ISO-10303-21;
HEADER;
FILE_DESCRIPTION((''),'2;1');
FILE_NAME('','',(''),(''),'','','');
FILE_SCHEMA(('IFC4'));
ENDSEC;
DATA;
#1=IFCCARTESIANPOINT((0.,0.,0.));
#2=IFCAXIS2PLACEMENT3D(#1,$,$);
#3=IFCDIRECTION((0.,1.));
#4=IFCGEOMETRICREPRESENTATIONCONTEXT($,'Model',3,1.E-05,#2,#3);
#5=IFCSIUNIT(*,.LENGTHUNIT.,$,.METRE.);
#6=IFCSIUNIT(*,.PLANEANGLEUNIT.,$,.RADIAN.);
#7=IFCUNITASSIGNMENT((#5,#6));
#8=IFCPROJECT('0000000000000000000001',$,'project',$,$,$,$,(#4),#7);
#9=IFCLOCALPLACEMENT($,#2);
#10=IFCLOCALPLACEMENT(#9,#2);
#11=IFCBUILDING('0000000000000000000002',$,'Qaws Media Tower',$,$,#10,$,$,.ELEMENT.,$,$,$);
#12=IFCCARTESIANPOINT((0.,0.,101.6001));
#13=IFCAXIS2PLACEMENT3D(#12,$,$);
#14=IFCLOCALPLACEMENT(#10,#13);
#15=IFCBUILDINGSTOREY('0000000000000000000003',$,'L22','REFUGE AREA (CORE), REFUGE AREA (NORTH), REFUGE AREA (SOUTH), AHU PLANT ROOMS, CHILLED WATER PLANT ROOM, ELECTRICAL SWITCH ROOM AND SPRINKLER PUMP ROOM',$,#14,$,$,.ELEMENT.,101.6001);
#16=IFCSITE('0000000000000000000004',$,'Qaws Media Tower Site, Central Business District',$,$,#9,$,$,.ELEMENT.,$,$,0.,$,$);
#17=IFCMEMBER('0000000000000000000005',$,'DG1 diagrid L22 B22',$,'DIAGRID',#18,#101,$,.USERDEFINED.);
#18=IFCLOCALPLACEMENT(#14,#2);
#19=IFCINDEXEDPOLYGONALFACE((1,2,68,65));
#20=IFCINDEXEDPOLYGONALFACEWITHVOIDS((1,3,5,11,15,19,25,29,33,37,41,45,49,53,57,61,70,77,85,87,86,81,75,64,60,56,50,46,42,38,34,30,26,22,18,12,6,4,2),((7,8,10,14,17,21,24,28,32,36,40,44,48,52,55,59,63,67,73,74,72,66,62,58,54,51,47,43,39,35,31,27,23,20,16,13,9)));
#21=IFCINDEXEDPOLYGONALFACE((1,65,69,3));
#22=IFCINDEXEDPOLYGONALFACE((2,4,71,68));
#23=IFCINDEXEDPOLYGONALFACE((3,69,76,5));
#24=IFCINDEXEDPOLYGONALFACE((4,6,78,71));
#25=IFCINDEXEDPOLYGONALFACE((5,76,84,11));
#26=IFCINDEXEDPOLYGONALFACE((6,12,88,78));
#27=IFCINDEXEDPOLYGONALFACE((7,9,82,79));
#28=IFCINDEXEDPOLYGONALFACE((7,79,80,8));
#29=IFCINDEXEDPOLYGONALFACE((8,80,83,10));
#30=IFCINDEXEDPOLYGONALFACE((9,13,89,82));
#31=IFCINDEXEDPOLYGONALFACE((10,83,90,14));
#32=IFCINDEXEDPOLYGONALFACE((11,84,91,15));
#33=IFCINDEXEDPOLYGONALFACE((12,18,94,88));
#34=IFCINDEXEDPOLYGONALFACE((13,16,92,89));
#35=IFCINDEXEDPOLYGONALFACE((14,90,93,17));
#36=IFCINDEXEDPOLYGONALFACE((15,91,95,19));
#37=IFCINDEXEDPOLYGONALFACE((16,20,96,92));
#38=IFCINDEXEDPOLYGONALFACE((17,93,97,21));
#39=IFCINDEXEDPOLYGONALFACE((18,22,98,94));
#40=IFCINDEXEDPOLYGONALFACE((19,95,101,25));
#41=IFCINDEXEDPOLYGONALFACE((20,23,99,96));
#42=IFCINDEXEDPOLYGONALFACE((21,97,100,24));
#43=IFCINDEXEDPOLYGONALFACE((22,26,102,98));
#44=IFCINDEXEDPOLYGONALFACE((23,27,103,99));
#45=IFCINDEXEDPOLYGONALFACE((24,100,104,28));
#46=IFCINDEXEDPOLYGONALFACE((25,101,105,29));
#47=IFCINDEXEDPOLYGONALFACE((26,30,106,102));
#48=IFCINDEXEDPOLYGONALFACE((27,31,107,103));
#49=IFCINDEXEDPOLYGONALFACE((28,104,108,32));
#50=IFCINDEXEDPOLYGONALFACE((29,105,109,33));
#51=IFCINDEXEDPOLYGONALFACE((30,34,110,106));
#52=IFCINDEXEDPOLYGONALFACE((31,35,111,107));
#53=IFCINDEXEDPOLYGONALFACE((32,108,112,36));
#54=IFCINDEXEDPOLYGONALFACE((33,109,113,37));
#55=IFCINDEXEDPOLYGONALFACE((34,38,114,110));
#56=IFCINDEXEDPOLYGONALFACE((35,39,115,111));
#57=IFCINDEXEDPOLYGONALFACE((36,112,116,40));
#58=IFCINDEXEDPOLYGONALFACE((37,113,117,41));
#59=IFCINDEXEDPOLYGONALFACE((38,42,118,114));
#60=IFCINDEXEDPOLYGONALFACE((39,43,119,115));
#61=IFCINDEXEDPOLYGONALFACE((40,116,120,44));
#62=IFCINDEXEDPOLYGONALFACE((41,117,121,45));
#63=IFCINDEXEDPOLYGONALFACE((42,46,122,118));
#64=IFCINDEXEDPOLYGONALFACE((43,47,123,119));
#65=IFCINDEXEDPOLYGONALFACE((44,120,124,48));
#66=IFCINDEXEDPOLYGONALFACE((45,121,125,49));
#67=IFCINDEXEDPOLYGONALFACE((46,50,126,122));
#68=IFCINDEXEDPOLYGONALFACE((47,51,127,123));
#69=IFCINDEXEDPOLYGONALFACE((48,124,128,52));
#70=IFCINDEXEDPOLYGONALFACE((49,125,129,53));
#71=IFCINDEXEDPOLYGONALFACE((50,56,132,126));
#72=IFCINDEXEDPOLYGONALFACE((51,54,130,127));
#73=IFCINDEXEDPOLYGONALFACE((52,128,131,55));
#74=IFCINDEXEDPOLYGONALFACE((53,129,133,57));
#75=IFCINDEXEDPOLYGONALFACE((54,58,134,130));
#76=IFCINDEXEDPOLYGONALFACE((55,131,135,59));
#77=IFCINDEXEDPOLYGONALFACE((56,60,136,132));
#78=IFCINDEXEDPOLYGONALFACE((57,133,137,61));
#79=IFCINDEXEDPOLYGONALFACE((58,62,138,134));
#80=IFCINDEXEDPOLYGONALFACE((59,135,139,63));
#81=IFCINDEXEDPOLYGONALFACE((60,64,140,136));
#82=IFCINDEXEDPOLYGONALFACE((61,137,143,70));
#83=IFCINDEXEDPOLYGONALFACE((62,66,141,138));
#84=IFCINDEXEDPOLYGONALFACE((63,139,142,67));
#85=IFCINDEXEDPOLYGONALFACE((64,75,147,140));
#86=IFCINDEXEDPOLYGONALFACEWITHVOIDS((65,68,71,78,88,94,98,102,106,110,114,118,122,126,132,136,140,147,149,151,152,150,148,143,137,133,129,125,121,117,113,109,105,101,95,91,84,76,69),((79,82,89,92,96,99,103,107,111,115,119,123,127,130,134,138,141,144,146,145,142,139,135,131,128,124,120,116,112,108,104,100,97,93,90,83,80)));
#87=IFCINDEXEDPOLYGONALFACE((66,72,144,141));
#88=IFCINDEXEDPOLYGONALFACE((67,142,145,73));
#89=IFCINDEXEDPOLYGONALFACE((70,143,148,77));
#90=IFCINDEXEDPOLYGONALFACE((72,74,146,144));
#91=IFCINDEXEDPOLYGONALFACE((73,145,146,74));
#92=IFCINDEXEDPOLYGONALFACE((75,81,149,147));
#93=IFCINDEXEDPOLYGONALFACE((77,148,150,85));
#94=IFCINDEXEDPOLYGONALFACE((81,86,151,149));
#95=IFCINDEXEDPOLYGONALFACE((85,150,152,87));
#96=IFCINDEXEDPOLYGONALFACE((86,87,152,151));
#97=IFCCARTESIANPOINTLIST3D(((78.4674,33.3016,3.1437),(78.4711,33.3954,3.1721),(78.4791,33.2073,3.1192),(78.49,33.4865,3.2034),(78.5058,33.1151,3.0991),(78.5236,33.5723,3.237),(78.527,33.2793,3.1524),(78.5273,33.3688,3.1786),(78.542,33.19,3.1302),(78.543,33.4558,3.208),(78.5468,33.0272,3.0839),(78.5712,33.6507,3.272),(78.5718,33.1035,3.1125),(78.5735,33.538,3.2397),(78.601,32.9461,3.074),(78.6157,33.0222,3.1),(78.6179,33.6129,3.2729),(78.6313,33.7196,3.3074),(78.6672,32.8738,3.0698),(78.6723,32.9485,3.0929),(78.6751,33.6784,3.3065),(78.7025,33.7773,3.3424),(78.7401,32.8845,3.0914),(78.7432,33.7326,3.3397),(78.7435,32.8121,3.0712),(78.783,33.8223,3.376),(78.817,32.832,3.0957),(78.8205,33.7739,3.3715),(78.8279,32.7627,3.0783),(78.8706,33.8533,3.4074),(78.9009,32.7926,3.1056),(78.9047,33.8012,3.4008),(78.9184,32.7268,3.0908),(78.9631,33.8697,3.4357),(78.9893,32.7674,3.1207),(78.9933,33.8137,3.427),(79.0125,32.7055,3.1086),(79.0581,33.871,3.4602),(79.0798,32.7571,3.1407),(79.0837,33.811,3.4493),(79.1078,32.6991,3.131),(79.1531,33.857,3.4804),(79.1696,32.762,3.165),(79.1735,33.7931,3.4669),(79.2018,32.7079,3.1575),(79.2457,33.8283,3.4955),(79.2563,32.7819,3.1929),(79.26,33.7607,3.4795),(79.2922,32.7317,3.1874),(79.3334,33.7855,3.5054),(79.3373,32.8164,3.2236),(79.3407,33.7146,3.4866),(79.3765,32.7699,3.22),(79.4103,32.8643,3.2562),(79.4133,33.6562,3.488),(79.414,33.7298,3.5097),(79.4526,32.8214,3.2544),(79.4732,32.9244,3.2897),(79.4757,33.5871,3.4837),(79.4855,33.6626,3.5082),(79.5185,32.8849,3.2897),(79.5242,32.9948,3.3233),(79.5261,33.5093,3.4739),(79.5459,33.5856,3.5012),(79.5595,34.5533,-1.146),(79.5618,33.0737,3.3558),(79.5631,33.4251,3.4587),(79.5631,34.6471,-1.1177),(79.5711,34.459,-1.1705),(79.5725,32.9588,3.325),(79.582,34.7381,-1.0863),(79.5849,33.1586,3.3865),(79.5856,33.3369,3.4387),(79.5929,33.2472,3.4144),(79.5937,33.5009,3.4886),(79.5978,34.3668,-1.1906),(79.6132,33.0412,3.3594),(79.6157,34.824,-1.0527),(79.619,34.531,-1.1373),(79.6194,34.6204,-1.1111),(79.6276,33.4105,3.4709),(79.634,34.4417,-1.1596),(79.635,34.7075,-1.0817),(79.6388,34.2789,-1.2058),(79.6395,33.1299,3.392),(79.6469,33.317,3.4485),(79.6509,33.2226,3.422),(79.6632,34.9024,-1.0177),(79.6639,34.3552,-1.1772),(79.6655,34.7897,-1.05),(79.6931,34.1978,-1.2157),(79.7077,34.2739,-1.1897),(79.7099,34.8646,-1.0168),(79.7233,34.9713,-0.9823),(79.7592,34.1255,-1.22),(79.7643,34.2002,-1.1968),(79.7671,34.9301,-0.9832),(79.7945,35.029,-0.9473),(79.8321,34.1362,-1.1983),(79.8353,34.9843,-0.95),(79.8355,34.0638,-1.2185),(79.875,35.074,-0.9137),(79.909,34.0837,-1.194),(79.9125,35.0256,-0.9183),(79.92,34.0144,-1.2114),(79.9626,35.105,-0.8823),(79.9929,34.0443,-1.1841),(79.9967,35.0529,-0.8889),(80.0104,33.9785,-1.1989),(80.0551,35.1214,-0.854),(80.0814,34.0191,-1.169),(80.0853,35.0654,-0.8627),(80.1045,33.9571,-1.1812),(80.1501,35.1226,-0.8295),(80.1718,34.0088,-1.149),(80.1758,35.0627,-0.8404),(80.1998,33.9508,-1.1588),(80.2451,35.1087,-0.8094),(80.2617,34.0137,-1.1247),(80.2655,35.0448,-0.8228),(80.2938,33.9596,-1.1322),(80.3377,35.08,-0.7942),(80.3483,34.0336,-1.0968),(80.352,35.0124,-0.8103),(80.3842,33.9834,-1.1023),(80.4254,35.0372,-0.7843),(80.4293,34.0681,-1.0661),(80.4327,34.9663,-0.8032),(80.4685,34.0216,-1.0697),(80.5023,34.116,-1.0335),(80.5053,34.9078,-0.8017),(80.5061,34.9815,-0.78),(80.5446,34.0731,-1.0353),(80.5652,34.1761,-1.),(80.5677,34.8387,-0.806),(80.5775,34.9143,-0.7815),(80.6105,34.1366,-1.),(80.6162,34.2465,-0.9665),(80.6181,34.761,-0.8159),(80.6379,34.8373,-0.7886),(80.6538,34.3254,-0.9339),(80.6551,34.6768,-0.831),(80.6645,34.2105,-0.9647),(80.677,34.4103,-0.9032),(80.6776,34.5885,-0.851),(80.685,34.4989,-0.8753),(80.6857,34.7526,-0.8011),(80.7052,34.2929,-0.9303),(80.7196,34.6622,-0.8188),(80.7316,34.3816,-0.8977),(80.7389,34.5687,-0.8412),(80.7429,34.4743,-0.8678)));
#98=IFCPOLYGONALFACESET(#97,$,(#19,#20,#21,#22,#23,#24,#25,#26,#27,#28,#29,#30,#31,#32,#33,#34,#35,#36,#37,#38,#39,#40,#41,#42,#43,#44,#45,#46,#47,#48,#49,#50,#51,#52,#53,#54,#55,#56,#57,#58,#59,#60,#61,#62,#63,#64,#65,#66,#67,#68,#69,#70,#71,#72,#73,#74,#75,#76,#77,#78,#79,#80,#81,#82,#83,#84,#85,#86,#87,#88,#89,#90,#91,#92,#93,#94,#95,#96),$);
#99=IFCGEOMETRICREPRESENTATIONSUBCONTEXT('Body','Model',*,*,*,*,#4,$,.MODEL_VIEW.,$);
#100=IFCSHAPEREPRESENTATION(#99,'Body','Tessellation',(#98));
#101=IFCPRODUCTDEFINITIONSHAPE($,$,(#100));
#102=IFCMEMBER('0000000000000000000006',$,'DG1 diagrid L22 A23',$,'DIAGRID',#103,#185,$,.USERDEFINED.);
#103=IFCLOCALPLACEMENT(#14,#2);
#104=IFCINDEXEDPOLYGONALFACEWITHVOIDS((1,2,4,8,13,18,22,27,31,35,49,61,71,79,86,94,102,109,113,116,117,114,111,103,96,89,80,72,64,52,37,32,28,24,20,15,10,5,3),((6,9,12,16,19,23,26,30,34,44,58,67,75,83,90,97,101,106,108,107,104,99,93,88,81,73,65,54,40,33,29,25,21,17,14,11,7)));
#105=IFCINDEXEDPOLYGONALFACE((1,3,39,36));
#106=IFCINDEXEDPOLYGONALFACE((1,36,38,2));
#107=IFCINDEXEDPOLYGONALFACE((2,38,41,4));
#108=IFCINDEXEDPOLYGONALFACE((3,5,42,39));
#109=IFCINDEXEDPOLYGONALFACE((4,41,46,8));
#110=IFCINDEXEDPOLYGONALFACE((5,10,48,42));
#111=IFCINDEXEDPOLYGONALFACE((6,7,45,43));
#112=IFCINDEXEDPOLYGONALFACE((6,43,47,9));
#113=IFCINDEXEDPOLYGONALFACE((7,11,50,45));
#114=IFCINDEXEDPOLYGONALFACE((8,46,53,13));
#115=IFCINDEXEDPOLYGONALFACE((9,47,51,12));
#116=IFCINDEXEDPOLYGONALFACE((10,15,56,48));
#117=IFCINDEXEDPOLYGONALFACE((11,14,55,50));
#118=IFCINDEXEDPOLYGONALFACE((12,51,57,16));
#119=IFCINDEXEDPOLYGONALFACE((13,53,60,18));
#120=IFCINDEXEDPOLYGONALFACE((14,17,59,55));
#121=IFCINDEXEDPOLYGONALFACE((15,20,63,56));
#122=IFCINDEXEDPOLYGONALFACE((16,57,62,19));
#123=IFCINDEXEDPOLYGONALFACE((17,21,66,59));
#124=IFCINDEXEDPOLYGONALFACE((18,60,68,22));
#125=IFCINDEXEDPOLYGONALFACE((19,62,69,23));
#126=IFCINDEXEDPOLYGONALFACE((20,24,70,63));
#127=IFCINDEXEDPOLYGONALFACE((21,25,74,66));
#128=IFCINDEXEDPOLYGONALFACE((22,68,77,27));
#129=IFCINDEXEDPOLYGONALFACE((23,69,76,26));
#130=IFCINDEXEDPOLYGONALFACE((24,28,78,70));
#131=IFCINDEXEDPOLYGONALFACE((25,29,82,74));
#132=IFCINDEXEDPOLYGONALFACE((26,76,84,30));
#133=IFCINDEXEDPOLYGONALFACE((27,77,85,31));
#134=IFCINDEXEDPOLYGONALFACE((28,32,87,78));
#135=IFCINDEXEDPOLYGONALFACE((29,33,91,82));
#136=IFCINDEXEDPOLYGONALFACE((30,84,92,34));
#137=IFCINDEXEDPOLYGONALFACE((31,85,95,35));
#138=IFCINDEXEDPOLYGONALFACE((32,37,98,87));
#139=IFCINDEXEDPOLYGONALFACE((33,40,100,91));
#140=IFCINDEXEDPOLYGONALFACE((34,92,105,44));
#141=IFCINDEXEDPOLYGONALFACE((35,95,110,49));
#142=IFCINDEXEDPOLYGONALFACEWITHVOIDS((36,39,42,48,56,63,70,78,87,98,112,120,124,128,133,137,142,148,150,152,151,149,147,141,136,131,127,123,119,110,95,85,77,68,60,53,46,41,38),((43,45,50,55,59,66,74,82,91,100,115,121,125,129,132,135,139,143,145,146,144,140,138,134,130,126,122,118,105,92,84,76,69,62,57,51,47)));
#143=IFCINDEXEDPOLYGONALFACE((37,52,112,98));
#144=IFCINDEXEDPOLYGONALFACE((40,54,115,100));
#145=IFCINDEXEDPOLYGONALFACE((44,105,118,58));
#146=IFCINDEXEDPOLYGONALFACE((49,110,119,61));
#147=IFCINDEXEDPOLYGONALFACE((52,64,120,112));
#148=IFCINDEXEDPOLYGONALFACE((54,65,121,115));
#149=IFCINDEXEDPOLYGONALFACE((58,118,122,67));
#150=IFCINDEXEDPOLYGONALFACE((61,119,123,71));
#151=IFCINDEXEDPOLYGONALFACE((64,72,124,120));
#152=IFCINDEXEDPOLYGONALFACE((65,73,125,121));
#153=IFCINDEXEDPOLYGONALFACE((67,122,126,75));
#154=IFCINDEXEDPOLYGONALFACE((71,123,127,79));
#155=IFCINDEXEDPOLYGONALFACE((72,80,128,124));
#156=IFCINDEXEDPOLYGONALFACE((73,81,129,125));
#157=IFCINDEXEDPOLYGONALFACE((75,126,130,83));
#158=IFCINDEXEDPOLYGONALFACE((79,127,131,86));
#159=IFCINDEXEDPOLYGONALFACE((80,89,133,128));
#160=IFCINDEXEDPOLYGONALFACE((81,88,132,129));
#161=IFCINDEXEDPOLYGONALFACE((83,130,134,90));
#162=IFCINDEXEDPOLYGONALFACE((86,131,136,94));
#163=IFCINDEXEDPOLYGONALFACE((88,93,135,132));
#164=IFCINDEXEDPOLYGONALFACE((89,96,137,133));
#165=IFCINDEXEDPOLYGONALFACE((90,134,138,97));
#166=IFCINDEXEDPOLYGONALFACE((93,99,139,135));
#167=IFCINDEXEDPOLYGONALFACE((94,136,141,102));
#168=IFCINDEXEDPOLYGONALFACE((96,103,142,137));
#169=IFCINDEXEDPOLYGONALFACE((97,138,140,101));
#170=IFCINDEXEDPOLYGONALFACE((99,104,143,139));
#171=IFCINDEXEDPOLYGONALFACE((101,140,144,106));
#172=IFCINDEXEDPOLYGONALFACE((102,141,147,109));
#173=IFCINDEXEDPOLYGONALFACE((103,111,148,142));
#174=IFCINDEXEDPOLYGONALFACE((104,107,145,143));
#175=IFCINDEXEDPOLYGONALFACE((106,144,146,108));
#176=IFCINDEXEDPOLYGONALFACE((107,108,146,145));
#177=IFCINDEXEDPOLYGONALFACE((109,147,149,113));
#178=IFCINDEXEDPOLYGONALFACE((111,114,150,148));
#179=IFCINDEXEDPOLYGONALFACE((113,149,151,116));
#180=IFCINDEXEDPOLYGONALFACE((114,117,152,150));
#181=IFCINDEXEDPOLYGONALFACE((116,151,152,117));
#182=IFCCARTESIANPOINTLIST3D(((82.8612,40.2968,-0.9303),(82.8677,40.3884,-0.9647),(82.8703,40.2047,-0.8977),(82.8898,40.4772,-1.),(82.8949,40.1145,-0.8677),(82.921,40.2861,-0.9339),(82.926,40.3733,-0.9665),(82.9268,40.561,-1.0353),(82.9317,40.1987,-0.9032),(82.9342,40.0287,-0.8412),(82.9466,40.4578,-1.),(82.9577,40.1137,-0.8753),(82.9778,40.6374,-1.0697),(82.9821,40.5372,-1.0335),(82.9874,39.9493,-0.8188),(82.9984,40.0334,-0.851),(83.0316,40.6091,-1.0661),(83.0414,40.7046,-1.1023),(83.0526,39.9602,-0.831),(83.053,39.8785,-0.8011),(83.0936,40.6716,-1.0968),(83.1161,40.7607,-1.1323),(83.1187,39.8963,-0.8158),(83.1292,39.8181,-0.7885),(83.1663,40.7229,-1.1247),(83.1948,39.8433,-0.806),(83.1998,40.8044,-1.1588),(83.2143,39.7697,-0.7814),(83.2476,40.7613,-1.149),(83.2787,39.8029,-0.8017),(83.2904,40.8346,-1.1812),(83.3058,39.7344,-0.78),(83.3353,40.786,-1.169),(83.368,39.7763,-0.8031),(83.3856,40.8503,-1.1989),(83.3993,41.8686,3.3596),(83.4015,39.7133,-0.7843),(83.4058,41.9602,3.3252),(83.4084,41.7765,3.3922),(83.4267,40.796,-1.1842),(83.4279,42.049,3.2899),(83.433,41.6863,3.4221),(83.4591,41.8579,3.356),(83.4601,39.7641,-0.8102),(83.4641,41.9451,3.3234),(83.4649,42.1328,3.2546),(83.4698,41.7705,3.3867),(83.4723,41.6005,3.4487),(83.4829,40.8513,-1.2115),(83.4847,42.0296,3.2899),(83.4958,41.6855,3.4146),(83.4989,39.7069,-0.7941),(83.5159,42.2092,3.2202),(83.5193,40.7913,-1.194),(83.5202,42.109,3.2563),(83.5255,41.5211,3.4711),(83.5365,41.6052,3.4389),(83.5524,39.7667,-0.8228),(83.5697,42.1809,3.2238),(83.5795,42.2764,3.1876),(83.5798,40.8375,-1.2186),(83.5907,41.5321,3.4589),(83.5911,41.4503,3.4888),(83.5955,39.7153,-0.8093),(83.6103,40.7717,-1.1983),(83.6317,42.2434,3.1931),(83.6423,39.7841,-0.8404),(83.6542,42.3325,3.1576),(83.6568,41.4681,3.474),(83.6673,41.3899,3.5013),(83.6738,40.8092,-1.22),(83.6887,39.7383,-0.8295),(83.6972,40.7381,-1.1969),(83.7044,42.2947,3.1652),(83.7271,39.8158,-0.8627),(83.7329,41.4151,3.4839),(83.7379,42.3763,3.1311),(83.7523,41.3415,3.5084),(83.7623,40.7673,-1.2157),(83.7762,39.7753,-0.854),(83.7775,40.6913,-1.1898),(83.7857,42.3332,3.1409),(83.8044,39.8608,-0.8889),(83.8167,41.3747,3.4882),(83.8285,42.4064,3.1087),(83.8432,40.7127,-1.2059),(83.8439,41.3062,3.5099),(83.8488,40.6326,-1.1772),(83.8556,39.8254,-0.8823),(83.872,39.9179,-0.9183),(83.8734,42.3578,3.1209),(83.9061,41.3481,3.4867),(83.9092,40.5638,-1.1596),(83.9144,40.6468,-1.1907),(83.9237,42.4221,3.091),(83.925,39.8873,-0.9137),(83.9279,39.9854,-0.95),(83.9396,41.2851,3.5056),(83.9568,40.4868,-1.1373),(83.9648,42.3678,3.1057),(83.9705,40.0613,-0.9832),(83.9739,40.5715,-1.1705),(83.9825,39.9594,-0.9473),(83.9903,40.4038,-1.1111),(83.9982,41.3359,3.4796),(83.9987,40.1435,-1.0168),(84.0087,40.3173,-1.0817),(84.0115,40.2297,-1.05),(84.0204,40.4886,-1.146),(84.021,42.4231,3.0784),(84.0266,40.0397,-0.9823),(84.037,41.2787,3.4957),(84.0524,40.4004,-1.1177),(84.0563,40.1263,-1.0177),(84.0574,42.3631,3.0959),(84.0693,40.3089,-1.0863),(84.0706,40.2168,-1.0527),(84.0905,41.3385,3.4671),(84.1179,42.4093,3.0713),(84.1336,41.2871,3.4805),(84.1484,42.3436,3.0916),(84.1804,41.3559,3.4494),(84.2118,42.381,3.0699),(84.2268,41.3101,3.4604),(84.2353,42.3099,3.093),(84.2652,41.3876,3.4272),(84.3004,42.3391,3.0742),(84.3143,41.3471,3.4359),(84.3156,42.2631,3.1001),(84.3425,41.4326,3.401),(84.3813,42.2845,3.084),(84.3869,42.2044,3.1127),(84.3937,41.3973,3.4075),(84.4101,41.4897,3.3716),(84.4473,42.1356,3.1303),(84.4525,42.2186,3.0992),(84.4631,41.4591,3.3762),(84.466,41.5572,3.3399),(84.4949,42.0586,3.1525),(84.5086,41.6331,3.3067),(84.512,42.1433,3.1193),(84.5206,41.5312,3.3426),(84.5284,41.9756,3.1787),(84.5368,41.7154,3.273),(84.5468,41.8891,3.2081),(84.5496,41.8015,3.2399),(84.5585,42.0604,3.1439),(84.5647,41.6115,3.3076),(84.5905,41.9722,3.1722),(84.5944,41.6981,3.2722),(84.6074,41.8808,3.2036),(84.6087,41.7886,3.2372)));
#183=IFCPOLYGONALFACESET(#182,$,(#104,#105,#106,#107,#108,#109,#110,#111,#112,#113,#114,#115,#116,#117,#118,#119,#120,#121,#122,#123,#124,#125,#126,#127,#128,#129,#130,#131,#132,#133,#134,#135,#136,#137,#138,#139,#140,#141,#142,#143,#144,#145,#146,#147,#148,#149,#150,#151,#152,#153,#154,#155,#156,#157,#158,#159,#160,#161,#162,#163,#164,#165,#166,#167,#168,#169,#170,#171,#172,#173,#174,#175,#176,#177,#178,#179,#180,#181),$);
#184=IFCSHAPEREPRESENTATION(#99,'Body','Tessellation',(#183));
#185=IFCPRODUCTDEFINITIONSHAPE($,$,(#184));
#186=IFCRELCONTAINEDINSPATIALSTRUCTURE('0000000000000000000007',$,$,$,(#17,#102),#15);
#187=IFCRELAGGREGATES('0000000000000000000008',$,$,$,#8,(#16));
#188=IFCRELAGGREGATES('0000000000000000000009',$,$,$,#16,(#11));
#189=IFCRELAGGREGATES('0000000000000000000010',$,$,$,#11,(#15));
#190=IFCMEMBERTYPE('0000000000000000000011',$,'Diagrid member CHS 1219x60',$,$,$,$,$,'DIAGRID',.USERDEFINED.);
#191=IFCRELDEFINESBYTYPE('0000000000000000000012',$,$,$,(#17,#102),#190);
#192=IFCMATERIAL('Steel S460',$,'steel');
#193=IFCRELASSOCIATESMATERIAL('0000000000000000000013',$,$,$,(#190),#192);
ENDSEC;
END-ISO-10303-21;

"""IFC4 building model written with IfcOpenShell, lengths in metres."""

from ifc_helpers import new_model, si_unit, direction, frame, origin, origin_2d, place, context, subcontext, project, spatial, hollow_circle, extrude, material, material_profile, profile_set, type_object, element, save


model = new_model("IFC4")

# Units and contexts
model_context = context("Model", 3, precision=1e-05, world=origin(), true_north=direction((0.0, 1.0)))
body_context = subcontext(model_context, "Body", "Model", "MODEL_VIEW")
ifc_project = project(units=[si_unit("LENGTHUNIT", "METRE"), si_unit("PLANEANGLEUNIT", "RADIAN")], contexts=[model_context])

# Site, building, storey
site_placement = place(None, origin())
site = spatial("IfcSite", under=ifc_project, at=site_placement, Name="Qaws Media Tower Site, Central Business District", CompositionType="ELEMENT", RefElevation=0.0)
building_placement = place(site_placement, origin())
building = spatial("IfcBuilding", under=site, at=building_placement, Name="Qaws Media Tower", CompositionType="ELEMENT")
storey_placement = place(building_placement, frame((0.0, 0.0, 101.6001)))
storey = spatial("IfcBuildingStorey", under=building, at=storey_placement, Name="L22", Description="REFUGE AREA (CORE), REFUGE AREA (NORTH), REFUGE AREA (SOUTH), AHU PLANT ROOMS, CHILLED WATER PLANT ROOM, ELECTRICAL SWITCH ROOM AND SPRINKLER PUMP ROOM", CompositionType="ELEMENT", Elevation=101.6001)

# Members
ifc_material_1 = material(Name="Steel S460", Category="steel")
ifc_material_profile_1 = material_profile(ifc_material_1, hollow_circle(Radius=0.6096, WallThickness=0.0601, at=origin_2d()), Name="CHS 1219x60")
ifc_profile_set_1 = profile_set([ifc_material_profile_1], Name="Steel S460")
member_type = type_object("IfcMemberType", Name="Diagrid member CHS 1219x60", ElementType="DIAGRID", PredefinedType="USERDEFINED", material=ifc_profile_set_1)
member_1_placement = place(storey_placement, frame((80.1511, 34.5374, -1.0), z_axis=(-0.237391, -0.2721, 0.932527), x_axis=(0.753532, -0.657411, 0.0)))
element("IfcMember", 1, at=member_1_placement, inside=storey, type_object=member_type, Name="DG1 diagrid L22 B22", ObjectType="DIAGRID", PredefinedType="USERDEFINED", context=body_context, shape_type="SweptSolid", body=[
    extrude(hollow_circle(Radius=0.6096, WallThickness=0.0601, at=origin_2d()), origin(), (0.0, 0.0, 1.0), 4.6001),
])
member_2_placement = place(storey_placement, frame((83.4666, 40.2798, -1.0), z_axis=(0.116969, 0.341672, 0.932512), x_axis=(-0.946095, 0.323888, 0.0)))
element("IfcMember", 2, at=member_2_placement, inside=storey, type_object=member_type, Name="DG1 diagrid L22 A23", ObjectType="DIAGRID", PredefinedType="USERDEFINED", context=body_context, shape_type="SweptSolid", body=[
    extrude(hollow_circle(Radius=0.6096, WallThickness=0.0601, at=origin_2d()), origin(), (0.0, 0.0, 1.0), 4.6003),
])

save(model, "model.ifc")
